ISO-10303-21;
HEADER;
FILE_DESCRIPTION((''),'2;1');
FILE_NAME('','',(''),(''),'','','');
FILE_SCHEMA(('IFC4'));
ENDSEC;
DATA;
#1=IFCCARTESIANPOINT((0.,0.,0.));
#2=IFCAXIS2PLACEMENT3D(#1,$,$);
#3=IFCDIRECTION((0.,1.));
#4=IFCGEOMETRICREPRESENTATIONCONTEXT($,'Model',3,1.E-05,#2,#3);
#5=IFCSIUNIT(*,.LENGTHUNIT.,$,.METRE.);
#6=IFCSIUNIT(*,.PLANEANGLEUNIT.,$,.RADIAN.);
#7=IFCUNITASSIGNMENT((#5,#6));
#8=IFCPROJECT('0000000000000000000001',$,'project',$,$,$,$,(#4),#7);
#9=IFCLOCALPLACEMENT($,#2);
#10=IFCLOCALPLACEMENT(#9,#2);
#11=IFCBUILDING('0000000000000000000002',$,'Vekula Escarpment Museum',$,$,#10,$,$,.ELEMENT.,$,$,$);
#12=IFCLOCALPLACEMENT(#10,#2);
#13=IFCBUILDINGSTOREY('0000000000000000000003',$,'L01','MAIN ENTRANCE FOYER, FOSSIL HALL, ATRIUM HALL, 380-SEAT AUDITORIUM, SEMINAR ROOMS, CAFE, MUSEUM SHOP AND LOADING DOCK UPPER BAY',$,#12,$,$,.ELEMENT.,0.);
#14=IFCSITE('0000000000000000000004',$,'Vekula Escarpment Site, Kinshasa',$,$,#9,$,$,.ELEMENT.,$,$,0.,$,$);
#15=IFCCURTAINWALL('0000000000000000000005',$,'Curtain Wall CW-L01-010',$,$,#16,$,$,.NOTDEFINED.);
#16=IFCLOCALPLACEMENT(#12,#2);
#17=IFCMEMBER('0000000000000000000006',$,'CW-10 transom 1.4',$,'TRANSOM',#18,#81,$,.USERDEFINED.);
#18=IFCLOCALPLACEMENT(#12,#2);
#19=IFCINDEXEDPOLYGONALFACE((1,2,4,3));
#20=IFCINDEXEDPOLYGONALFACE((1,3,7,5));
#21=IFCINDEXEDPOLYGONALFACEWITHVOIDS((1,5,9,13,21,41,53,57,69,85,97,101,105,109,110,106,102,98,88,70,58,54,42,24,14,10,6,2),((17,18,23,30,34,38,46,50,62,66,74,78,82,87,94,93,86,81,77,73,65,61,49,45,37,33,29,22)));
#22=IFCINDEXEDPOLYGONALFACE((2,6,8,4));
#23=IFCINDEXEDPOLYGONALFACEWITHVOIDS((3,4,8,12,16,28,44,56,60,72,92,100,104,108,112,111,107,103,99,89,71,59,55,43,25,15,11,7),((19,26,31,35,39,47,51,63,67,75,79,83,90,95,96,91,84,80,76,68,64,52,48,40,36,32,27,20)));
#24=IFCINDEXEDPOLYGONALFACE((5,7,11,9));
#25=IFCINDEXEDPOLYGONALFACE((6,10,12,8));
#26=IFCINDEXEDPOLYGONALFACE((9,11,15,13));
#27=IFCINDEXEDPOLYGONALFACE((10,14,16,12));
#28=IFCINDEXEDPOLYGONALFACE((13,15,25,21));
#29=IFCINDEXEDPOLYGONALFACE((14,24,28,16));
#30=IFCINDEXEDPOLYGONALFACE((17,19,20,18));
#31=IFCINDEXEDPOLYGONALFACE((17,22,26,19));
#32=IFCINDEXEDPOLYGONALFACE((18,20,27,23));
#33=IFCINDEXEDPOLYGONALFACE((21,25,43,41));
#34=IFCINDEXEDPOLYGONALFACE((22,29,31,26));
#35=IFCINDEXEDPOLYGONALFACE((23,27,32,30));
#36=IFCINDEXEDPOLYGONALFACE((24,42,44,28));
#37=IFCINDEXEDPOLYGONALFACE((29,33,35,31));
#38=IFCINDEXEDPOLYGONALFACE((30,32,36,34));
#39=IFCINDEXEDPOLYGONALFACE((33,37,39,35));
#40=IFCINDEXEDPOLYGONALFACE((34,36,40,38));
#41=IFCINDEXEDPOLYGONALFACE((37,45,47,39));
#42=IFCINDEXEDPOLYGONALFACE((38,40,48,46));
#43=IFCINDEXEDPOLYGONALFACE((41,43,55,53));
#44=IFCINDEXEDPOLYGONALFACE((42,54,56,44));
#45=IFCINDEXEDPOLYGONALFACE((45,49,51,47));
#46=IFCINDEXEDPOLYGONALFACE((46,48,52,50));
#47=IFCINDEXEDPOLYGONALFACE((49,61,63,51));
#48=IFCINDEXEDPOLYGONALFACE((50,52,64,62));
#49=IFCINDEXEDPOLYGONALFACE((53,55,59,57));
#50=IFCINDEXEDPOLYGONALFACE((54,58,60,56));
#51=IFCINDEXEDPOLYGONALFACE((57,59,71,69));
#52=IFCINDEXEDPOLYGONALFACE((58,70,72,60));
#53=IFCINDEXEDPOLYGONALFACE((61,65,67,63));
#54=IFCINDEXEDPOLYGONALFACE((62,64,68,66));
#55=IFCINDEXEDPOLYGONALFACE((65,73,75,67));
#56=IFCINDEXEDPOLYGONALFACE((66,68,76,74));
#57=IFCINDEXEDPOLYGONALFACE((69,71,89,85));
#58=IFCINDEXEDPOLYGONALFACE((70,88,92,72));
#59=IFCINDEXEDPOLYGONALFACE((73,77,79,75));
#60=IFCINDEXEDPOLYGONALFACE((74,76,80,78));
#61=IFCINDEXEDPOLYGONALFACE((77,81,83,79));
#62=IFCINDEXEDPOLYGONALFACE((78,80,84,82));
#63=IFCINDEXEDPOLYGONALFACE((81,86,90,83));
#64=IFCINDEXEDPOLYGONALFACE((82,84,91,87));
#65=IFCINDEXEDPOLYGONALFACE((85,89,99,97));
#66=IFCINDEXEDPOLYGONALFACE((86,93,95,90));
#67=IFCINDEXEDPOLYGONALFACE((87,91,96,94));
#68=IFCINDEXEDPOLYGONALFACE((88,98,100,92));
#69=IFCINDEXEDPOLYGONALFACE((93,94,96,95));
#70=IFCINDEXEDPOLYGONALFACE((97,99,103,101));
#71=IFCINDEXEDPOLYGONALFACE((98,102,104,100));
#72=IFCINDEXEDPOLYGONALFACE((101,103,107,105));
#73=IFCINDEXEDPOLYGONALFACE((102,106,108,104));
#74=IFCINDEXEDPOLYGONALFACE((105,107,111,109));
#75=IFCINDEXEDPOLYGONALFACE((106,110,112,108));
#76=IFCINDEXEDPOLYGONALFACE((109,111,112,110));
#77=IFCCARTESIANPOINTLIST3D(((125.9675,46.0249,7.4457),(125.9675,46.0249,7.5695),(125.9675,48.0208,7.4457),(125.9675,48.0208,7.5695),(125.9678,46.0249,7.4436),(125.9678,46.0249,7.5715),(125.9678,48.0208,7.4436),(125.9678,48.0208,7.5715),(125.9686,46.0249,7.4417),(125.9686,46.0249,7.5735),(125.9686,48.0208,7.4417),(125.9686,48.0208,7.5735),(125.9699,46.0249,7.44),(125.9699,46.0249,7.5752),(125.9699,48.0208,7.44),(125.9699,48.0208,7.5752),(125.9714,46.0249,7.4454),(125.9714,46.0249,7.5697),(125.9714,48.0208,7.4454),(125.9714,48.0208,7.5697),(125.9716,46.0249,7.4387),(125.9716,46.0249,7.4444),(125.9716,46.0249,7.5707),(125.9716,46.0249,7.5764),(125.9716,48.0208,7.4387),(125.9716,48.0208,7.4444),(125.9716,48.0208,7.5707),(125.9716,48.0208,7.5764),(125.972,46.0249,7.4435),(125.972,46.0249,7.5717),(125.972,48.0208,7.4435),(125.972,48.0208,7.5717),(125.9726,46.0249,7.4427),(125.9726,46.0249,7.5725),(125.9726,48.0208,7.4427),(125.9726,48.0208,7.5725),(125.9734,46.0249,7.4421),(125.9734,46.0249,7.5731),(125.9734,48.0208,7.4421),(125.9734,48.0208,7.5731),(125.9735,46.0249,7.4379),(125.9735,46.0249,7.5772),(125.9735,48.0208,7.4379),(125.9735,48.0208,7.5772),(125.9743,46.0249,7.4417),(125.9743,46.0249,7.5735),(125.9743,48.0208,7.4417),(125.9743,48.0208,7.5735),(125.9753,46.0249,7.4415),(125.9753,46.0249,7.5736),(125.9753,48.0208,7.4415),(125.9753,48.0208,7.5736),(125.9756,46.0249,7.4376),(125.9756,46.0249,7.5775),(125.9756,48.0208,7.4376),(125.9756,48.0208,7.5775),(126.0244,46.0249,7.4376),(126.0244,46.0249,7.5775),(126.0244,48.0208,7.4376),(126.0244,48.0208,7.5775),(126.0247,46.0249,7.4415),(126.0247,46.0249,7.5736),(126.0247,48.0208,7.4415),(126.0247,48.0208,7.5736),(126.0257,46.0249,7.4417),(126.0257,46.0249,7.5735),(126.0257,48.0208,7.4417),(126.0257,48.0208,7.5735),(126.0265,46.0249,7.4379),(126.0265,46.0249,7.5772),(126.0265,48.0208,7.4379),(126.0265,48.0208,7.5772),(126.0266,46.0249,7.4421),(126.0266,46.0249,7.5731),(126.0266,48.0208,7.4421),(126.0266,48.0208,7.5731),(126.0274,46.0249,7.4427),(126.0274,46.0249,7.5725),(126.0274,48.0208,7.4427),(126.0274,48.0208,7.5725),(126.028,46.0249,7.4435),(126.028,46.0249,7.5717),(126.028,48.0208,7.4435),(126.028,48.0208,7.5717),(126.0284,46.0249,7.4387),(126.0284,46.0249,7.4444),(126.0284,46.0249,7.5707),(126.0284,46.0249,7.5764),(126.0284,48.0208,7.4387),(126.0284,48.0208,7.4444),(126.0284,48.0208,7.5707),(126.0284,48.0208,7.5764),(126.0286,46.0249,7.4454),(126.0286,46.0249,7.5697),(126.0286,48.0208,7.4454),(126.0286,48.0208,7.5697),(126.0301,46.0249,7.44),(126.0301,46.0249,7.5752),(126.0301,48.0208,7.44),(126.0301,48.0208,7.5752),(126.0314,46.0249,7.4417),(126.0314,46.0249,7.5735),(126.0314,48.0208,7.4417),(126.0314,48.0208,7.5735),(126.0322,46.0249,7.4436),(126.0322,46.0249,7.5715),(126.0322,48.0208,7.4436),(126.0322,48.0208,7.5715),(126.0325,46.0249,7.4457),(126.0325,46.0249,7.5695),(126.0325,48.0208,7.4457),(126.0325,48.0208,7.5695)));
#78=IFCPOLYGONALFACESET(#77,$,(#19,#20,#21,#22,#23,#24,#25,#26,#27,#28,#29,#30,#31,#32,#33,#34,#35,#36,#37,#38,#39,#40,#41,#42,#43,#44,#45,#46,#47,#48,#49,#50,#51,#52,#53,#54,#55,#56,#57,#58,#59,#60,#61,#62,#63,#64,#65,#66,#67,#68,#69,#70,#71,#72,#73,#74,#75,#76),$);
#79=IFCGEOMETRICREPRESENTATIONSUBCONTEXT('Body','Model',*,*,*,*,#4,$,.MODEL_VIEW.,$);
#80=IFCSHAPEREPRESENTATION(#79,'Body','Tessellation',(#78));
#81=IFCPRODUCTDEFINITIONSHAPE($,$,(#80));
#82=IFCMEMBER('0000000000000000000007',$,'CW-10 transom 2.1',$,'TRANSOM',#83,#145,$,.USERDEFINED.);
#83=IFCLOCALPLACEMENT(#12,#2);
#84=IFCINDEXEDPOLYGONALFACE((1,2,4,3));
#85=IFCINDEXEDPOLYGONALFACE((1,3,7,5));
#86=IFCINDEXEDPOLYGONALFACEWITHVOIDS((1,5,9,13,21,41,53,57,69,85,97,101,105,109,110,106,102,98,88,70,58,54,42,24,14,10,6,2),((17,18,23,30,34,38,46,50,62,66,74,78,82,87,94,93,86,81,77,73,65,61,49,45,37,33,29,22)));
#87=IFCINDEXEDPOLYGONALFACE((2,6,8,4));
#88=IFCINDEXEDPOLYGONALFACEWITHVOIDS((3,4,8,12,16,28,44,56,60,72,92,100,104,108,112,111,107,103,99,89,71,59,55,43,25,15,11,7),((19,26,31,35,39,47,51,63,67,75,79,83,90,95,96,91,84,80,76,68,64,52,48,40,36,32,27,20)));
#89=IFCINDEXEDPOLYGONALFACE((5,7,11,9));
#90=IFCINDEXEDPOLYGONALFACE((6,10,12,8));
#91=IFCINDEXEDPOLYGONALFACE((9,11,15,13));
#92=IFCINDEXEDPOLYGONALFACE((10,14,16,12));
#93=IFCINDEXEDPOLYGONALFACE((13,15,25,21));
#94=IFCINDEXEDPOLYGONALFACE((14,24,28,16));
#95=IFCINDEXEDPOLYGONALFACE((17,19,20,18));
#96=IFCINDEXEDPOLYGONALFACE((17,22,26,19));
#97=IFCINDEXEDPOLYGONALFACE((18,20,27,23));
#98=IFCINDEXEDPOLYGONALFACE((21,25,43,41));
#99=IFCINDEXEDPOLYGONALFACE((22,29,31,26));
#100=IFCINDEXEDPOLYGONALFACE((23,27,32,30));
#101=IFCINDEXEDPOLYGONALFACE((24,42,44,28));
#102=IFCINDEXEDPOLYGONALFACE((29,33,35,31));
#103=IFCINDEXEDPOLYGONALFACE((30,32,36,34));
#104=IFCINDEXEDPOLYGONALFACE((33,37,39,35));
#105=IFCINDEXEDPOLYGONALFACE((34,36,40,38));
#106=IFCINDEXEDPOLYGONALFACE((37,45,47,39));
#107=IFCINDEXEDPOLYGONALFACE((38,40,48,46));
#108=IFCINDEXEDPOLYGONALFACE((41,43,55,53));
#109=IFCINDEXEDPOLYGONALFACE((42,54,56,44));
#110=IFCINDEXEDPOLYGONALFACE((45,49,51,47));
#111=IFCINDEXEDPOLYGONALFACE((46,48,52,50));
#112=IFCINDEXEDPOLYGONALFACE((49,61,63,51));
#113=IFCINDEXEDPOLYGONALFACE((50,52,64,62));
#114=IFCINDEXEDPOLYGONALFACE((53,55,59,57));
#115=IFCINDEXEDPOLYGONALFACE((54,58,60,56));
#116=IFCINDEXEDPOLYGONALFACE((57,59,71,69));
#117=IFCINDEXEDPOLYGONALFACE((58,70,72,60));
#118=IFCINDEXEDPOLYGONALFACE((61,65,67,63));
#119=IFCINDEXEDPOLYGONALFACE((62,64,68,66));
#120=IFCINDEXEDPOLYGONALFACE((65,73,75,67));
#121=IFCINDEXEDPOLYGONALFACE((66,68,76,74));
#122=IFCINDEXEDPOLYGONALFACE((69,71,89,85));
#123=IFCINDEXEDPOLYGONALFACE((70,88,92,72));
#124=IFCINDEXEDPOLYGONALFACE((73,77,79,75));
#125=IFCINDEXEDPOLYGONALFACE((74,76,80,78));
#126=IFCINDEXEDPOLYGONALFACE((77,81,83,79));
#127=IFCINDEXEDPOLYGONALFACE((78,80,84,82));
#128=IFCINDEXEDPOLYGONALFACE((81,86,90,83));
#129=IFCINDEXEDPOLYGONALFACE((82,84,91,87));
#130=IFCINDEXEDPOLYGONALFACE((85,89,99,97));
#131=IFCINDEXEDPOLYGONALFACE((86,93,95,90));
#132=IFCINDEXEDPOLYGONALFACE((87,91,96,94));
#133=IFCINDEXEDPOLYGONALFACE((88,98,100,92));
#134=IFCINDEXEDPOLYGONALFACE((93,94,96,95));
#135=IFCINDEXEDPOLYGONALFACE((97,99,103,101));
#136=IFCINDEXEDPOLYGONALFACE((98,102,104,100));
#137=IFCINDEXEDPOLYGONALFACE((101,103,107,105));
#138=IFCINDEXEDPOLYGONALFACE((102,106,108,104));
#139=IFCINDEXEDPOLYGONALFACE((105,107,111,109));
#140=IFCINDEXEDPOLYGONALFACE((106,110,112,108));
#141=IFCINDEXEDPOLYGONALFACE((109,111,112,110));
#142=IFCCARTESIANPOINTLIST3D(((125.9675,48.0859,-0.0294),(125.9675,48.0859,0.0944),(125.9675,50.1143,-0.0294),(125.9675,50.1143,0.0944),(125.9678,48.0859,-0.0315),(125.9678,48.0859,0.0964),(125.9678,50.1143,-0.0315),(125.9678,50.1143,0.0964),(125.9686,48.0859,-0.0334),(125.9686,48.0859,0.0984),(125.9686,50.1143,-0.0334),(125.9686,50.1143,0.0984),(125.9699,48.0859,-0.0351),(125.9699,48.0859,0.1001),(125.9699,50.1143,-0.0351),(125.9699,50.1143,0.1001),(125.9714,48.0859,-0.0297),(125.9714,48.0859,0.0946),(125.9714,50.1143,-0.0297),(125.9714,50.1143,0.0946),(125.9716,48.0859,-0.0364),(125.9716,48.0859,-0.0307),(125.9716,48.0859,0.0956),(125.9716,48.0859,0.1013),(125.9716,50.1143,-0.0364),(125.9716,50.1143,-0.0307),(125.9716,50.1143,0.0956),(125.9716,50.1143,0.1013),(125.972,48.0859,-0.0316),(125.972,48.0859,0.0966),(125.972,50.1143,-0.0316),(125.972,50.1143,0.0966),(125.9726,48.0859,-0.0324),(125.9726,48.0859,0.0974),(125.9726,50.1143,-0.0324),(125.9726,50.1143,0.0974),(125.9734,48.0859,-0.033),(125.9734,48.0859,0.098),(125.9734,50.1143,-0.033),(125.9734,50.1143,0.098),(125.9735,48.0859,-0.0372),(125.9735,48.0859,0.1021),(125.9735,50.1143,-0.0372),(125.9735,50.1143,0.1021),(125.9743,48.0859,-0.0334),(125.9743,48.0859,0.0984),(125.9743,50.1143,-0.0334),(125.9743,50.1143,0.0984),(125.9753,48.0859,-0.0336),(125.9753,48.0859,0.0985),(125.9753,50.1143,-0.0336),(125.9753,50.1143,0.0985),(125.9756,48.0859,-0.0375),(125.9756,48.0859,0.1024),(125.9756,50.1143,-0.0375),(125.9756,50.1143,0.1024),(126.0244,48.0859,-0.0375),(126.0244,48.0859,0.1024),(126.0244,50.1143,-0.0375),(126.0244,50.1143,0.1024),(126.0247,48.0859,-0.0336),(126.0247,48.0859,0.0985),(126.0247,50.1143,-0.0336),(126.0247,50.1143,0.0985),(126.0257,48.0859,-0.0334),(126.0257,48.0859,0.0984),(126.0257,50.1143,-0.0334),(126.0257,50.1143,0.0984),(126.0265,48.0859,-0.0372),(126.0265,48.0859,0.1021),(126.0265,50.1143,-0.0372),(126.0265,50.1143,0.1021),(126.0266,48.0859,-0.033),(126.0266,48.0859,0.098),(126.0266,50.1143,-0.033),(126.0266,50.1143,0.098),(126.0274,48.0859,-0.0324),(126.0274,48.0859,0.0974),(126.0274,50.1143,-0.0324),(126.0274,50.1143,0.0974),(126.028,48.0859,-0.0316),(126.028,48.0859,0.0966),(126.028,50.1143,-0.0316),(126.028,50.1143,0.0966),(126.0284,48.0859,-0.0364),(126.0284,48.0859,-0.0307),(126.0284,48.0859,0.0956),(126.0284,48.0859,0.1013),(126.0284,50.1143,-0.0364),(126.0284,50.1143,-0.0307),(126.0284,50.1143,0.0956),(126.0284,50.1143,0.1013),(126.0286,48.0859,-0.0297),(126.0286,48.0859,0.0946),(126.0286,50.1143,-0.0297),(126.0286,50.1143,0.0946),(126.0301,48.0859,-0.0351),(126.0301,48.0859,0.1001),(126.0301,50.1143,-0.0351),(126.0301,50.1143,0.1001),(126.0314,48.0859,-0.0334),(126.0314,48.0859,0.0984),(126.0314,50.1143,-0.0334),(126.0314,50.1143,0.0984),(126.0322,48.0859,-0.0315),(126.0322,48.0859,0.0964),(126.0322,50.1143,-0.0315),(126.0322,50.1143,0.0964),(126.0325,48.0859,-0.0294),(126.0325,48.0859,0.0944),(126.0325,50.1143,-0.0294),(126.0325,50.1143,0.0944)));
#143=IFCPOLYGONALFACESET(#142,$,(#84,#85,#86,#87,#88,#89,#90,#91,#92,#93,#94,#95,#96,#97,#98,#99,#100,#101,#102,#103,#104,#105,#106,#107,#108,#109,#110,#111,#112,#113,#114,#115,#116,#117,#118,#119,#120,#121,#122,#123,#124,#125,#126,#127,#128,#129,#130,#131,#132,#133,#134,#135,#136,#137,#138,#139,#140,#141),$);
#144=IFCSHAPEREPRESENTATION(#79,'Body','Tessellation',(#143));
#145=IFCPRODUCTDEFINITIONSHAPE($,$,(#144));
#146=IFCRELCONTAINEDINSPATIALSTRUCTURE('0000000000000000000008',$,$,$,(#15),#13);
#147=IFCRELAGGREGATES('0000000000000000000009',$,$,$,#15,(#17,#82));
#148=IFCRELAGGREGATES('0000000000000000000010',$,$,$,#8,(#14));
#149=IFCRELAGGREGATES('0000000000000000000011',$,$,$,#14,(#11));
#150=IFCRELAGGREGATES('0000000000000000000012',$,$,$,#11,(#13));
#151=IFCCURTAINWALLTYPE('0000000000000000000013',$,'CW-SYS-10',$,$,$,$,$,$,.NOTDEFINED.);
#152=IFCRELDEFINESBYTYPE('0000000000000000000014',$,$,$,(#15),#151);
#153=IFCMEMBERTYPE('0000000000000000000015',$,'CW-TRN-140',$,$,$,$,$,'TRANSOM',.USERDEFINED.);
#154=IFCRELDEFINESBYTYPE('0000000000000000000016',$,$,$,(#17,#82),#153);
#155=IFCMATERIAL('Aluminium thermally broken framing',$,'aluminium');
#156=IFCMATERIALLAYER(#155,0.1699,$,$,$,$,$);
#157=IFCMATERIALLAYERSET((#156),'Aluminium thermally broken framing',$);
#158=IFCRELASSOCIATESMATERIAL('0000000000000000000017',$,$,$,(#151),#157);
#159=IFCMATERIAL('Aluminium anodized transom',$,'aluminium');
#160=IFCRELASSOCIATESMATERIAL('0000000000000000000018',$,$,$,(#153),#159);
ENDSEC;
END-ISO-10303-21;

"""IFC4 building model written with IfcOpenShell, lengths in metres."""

from ifc_helpers import new_model, si_unit, direction, frame, origin, origin_2d, place, context, subcontext, project, spatial, hollow_rectangle, extrude, material, layer, layer_set, material_profile, profile_set, type_object, element, aggregate, save


model = new_model("IFC4")

# Units and contexts
model_context = context("Model", 3, precision=1e-05, world=origin(), true_north=direction((0.0, 1.0)))
body_context = subcontext(model_context, "Body", "Model", "MODEL_VIEW")
ifc_project = project(units=[si_unit("LENGTHUNIT", "METRE"), si_unit("PLANEANGLEUNIT", "RADIAN")], contexts=[model_context])

# Site, building, storey
site_placement = place(None, origin())
site = spatial("IfcSite", under=ifc_project, at=site_placement, Name="Vekula Escarpment Site, Kinshasa", CompositionType="ELEMENT", RefElevation=0.0)
building_placement = place(site_placement, origin())
building = spatial("IfcBuilding", under=site, at=building_placement, Name="Vekula Escarpment Museum", CompositionType="ELEMENT")
storey_placement = place(building_placement, origin())
storey = spatial("IfcBuildingStorey", under=building, at=storey_placement, Name="L01", Description="MAIN ENTRANCE FOYER, FOSSIL HALL, ATRIUM HALL, 380-SEAT AUDITORIUM, SEMINAR ROOMS, CAFE, MUSEUM SHOP AND LOADING DOCK UPPER BAY", CompositionType="ELEMENT", Elevation=0.0)

# Curtain wall
ifc_material_1 = material(Name="Aluminium thermally broken framing", Category="aluminium")
ifc_layer_1 = layer(ifc_material_1, 0.1699)
ifc_layer_set_1 = layer_set([ifc_layer_1], Name="Aluminium thermally broken framing")
curtain_wall_type_1 = type_object("IfcCurtainWallType", Name="CW-SYS-10", PredefinedType="NOTDEFINED", material=ifc_layer_set_1)
curtain_wall_1_placement = place(storey_placement, origin())
curtain_wall_1 = element("IfcCurtainWall", 1, at=curtain_wall_1_placement, inside=storey, type_object=curtain_wall_type_1, Name="Curtain Wall CW-L01-010", PredefinedType="NOTDEFINED")

# Members
ifc_material_2 = material(Name="Aluminium anodized transom", Category="aluminium")
ifc_material_profile_1 = material_profile(ifc_material_2, hollow_rectangle(XDim=0.0649, YDim=0.1399, WallThickness=0.0039, InnerFilletRadius=0.0039, OuterFilletRadius=0.0081, at=origin_2d()), Name="ALU 140x65x4")
ifc_profile_set_1 = profile_set([ifc_material_profile_1], Name="Aluminium anodized transom")
member_type_1 = type_object("IfcMemberType", Name="CW-TRN-140", ElementType="TRANSOM", PredefinedType="USERDEFINED", material=ifc_profile_set_1)
member_1_placement = place(storey_placement, frame((126.0, 46.0249, 7.5076), z_axis=(0.0, 1.0, 0.0), x_axis=(-1.0, 0.0, 0.0)))
member_1 = element("IfcMember", 2, at=member_1_placement, type_object=member_type_1, Name="CW-10 transom 1.4", ObjectType="TRANSOM", PredefinedType="USERDEFINED", context=body_context, shape_type="SweptSolid", body=[
    extrude(hollow_rectangle(XDim=0.0649, YDim=0.1399, WallThickness=0.0039, InnerFilletRadius=0.0039, OuterFilletRadius=0.0081, at=origin_2d()), origin(), (0.0, 0.0, 1.0), 1.9958),
])
member_2_placement = place(storey_placement, frame((126.0, 48.0859, 0.0325), z_axis=(0.0, 1.0, 0.0), x_axis=(-1.0, 0.0, 0.0)))
member_2 = element("IfcMember", 3, at=member_2_placement, type_object=member_type_1, Name="CW-10 transom 2.1", ObjectType="TRANSOM", PredefinedType="USERDEFINED", context=body_context, shape_type="SweptSolid", body=[
    extrude(hollow_rectangle(XDim=0.0649, YDim=0.1399, WallThickness=0.0039, InnerFilletRadius=0.0039, OuterFilletRadius=0.0081, at=origin_2d()), origin(), (0.0, 0.0, 1.0), 2.0283),
])

aggregate(curtain_wall_1, [member_1, member_2])

save(model, "model.ifc")
